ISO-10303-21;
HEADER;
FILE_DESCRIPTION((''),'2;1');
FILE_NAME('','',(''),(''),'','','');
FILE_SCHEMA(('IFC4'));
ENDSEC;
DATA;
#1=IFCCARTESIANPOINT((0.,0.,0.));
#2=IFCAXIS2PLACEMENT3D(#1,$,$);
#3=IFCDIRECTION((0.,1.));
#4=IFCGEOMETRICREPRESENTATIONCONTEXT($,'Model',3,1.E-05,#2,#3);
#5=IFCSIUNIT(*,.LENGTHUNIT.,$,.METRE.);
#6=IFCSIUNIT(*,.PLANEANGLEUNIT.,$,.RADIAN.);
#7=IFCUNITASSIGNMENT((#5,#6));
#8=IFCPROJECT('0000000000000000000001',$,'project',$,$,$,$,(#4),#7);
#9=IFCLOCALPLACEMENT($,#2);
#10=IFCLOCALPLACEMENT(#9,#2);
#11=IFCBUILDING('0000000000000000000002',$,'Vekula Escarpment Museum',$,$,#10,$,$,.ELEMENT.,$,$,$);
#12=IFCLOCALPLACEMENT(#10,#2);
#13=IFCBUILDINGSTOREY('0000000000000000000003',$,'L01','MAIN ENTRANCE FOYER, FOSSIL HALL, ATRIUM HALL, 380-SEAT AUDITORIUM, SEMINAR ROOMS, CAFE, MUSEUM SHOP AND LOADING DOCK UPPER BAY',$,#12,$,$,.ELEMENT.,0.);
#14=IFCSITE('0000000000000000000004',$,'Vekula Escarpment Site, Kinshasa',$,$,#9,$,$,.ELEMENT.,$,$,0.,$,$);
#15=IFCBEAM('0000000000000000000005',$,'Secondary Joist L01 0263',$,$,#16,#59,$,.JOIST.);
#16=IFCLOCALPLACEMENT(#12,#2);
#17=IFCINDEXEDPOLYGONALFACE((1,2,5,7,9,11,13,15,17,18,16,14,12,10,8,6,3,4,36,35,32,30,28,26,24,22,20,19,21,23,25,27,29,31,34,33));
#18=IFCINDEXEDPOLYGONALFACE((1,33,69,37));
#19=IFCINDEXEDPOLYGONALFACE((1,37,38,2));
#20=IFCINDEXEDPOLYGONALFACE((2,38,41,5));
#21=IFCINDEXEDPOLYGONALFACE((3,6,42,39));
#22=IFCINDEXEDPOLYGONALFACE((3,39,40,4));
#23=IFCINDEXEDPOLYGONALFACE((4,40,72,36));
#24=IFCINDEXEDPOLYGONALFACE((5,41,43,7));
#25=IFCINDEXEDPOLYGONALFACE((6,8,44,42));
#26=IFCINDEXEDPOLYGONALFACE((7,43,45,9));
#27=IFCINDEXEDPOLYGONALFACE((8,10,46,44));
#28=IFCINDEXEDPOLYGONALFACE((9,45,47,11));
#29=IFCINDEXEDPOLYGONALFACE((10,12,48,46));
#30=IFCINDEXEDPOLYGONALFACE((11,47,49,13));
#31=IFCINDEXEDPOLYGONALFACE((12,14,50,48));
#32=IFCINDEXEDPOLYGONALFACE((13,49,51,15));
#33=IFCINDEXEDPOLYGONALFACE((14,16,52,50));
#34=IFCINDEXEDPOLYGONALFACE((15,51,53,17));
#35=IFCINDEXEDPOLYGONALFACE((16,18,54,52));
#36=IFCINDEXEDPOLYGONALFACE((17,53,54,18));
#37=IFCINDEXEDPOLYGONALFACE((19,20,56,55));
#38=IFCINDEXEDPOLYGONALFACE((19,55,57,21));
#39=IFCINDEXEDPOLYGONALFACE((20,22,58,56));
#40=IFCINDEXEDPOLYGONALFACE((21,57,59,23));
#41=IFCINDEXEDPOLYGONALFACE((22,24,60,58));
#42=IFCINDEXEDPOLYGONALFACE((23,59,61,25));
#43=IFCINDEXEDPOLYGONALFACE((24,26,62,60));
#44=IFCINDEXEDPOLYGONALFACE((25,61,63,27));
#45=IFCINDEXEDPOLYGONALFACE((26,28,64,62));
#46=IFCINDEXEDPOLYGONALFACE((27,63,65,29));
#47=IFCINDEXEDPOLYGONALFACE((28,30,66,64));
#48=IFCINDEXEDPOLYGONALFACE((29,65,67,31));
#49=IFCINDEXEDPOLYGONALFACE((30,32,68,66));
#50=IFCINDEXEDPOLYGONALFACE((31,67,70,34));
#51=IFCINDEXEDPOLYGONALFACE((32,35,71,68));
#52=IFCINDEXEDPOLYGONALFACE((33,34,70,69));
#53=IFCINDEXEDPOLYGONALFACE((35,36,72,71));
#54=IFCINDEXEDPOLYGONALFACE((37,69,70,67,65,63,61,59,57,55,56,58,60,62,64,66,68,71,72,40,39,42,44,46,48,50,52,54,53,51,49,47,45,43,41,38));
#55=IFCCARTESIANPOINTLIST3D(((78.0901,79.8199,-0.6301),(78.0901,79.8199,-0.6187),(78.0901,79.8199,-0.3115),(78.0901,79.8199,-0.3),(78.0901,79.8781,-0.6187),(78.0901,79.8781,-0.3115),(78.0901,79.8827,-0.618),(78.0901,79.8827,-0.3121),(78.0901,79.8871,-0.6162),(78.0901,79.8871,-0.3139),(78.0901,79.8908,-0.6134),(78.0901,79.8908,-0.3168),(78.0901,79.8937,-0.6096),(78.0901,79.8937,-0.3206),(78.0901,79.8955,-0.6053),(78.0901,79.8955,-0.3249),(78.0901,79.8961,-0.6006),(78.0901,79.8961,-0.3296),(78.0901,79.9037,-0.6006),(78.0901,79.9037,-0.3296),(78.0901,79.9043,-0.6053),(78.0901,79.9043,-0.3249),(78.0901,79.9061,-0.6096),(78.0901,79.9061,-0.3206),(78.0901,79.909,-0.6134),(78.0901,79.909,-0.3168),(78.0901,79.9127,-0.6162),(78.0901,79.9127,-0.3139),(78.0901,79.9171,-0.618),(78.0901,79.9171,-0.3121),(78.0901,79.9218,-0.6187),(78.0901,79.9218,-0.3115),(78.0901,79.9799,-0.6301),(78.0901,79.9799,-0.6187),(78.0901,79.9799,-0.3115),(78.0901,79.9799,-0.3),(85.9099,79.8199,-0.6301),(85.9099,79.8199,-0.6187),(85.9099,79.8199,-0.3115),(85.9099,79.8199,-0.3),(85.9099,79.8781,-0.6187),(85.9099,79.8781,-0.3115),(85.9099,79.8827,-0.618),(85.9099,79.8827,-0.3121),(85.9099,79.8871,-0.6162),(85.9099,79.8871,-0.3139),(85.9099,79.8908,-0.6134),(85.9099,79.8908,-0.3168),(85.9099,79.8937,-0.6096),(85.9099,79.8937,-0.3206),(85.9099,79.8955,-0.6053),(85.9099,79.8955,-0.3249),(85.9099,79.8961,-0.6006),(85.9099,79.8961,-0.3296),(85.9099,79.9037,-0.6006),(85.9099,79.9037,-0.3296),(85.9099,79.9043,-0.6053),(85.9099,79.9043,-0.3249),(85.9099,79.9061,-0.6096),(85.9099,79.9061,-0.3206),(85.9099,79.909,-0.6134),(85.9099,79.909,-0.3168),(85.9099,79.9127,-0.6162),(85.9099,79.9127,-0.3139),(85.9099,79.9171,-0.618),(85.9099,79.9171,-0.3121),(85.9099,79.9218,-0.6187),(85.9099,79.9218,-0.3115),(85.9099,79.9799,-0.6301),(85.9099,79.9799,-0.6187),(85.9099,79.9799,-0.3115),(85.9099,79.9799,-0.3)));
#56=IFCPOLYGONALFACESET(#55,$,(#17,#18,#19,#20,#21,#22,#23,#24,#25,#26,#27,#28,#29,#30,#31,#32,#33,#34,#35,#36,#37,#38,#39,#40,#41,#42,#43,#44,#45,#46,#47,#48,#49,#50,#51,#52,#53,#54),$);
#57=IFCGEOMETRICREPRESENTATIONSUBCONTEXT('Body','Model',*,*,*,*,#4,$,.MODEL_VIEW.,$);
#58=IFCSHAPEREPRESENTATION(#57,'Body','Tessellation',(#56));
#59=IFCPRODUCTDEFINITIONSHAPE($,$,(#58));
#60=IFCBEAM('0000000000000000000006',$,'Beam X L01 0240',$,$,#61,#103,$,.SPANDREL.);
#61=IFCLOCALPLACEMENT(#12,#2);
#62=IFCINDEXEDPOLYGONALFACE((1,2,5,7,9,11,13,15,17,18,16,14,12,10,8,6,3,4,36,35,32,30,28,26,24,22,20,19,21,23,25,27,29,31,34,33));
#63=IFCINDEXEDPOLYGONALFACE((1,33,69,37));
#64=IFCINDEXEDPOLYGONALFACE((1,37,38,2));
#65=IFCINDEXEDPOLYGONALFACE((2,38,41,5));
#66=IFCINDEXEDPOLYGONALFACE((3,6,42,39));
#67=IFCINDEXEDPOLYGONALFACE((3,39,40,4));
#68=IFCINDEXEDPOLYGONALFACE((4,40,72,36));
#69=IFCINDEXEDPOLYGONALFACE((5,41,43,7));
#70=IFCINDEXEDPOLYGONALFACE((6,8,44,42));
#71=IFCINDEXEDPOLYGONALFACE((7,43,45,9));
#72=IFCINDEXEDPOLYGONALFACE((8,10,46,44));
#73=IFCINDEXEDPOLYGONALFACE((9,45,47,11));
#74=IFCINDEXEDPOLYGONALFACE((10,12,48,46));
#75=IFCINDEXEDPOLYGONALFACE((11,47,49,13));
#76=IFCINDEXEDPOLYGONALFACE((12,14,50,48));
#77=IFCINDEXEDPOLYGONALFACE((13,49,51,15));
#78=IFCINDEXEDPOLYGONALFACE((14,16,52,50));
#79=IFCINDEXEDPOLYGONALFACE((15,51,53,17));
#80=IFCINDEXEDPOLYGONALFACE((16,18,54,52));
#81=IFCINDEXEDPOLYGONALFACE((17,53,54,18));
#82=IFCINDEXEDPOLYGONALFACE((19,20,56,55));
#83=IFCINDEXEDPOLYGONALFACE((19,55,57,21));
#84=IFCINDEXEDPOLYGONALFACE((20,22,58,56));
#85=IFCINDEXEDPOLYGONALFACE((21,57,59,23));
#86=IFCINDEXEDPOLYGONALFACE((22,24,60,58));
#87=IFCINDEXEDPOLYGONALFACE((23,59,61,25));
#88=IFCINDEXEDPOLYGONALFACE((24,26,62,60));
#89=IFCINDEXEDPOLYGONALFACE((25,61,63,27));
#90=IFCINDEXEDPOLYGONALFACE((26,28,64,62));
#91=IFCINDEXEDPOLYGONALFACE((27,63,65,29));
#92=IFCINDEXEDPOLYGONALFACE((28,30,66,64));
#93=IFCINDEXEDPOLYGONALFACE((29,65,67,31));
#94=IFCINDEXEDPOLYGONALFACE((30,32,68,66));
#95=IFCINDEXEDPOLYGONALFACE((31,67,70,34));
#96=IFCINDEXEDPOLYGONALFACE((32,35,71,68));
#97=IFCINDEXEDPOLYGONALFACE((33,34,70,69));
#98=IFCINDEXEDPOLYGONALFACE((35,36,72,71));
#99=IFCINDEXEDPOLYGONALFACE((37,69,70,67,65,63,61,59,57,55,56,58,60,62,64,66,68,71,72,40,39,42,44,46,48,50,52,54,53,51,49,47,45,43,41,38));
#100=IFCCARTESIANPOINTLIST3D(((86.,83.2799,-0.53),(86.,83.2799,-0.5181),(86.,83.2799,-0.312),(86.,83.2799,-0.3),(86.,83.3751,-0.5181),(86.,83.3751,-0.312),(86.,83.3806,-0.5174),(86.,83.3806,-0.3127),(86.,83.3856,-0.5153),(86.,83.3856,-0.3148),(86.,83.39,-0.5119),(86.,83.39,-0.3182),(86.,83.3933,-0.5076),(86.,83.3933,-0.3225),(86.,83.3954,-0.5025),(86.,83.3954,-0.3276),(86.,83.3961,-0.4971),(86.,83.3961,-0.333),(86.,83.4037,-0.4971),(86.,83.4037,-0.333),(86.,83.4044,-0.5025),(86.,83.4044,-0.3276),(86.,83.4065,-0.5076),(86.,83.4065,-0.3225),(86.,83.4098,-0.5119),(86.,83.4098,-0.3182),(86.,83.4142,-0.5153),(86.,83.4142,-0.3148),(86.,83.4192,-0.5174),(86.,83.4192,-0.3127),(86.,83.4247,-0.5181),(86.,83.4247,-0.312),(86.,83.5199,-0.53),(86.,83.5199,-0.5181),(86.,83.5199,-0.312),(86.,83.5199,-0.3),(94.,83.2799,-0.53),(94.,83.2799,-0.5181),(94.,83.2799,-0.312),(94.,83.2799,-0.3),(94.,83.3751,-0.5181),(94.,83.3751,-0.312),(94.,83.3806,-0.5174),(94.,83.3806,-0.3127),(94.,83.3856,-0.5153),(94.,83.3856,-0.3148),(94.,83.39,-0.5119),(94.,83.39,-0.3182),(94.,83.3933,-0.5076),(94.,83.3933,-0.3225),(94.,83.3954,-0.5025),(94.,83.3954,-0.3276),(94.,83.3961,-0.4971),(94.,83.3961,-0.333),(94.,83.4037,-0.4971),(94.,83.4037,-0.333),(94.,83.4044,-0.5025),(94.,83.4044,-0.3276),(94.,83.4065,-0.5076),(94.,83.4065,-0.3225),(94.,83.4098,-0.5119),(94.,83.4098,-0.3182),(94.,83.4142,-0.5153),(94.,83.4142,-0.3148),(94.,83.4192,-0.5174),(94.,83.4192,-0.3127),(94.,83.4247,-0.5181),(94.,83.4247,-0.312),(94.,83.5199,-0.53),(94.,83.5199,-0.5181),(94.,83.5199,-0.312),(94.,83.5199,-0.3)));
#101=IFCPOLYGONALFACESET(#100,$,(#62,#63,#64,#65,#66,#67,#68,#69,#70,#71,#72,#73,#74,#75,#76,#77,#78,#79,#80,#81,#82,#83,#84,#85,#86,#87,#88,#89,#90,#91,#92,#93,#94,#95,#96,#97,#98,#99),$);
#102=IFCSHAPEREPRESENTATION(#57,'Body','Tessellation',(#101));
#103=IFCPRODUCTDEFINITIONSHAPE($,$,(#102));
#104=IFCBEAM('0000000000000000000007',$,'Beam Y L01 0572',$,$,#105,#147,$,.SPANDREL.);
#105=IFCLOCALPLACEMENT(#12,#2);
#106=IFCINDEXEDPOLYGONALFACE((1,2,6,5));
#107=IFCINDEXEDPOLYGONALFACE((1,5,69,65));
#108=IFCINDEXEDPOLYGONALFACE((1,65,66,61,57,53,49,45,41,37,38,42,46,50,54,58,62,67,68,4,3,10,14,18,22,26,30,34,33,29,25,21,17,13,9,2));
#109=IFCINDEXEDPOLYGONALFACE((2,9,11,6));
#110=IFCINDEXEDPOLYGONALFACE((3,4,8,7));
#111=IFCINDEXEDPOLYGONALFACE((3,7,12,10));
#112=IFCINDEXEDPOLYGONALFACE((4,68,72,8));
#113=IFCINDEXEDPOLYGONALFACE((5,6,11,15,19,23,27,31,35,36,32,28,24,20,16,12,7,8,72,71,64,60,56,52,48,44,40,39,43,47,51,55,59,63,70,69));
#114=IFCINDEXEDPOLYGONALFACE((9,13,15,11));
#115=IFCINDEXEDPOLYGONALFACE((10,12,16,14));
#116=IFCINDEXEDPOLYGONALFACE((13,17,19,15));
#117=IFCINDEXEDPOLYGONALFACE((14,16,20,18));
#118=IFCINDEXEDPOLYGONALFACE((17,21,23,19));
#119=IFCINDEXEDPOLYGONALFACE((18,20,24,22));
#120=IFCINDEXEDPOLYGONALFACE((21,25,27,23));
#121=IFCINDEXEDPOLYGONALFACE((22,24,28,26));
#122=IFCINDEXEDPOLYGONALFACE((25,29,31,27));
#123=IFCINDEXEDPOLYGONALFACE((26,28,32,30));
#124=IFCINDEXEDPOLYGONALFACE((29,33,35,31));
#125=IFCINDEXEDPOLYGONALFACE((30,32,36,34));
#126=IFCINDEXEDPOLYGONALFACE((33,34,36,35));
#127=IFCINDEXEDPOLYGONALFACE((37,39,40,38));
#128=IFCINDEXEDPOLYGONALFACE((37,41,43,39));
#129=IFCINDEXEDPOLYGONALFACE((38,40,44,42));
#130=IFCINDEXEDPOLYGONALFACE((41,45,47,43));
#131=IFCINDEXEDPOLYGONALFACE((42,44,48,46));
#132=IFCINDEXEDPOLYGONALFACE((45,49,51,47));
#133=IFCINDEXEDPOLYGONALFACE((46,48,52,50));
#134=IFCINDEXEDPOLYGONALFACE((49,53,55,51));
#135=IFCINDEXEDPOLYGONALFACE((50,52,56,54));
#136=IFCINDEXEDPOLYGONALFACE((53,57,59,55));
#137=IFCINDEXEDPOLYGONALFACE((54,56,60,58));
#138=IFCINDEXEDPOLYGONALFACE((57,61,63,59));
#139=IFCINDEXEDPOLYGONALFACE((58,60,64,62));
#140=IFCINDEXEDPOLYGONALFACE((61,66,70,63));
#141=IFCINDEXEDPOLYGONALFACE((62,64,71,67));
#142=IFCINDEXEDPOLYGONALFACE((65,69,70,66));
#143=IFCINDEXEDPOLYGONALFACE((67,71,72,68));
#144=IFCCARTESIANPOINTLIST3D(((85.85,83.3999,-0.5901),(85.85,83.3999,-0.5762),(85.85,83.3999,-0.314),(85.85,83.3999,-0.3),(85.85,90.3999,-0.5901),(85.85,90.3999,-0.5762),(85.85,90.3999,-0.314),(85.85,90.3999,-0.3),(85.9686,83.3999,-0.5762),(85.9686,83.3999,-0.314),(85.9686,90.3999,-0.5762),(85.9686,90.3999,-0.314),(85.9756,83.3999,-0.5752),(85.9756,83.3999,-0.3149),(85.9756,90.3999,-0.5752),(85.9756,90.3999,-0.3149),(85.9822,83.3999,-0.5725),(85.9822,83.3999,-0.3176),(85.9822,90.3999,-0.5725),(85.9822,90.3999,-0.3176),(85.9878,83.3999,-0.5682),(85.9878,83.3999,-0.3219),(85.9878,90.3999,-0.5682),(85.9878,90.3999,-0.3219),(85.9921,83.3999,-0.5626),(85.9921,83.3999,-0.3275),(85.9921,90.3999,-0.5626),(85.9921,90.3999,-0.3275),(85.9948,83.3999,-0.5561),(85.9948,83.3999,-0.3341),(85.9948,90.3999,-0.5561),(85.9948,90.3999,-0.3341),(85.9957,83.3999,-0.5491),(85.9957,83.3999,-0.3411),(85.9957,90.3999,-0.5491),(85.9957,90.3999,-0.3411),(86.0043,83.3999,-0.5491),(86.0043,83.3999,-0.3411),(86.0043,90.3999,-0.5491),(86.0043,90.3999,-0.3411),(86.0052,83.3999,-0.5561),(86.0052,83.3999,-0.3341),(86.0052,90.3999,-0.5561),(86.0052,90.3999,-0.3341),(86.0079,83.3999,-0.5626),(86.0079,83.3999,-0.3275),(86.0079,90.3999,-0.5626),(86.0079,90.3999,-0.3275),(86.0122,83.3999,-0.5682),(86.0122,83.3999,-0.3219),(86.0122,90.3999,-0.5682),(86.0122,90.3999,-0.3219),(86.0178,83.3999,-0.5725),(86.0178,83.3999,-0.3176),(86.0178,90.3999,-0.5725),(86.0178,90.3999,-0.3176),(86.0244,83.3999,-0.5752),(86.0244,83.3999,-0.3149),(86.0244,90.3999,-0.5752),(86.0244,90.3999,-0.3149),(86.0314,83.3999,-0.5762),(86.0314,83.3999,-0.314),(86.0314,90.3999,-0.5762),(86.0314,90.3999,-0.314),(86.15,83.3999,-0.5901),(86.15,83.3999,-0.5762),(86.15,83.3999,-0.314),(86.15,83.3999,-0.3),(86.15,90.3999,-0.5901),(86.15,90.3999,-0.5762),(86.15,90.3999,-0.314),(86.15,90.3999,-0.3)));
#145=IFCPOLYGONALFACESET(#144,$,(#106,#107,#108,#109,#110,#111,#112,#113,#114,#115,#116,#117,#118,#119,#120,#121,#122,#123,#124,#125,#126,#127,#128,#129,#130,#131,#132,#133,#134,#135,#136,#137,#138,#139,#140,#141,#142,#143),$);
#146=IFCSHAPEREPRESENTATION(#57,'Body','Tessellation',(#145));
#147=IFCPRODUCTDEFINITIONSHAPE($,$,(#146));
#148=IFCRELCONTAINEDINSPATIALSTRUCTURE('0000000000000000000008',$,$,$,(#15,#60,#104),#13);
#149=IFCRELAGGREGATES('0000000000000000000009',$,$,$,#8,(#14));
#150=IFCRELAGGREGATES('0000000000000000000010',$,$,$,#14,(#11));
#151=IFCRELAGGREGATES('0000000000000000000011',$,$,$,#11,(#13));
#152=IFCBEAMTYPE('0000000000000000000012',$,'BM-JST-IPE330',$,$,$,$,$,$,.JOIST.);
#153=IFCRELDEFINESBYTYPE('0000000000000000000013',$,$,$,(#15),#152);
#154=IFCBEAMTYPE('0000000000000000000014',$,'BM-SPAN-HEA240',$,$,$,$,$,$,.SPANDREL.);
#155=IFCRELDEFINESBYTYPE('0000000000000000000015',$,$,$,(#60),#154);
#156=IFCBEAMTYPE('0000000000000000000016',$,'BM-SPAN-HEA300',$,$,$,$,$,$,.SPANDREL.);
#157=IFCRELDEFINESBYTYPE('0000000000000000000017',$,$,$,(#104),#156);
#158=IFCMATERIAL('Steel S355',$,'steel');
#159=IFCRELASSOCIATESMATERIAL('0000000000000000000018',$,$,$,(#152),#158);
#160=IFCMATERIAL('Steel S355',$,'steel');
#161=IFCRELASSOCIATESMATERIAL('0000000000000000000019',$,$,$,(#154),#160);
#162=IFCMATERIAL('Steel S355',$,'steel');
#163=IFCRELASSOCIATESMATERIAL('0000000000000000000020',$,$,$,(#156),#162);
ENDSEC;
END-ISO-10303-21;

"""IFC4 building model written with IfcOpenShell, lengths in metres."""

from ifc_helpers import new_model, si_unit, direction, frame, origin, origin_2d, place, context, subcontext, project, spatial, i_section, extrude, material, material_profile, profile_set, type_object, element, save


model = new_model("IFC4")

# Units and contexts
model_context = context("Model", 3, precision=1e-05, world=origin(), true_north=direction((0.0, 1.0)))
body_context = subcontext(model_context, "Body", "Model", "MODEL_VIEW")
ifc_project = project(units=[si_unit("LENGTHUNIT", "METRE"), si_unit("PLANEANGLEUNIT", "RADIAN")], contexts=[model_context])

# Site, building, storey
site_placement = place(None, origin())
site = spatial("IfcSite", under=ifc_project, at=site_placement, Name="Vekula Escarpment Site, Kinshasa", CompositionType="ELEMENT", RefElevation=0.0)
building_placement = place(site_placement, origin())
building = spatial("IfcBuilding", under=site, at=building_placement, Name="Vekula Escarpment Museum", CompositionType="ELEMENT")
storey_placement = place(building_placement, origin())
storey = spatial("IfcBuildingStorey", under=building, at=storey_placement, Name="L01", Description="MAIN ENTRANCE FOYER, FOSSIL HALL, ATRIUM HALL, 380-SEAT AUDITORIUM, SEMINAR ROOMS, CAFE, MUSEUM SHOP AND LOADING DOCK UPPER BAY", CompositionType="ELEMENT", Elevation=0.0)

# Beams
ifc_material_1 = material(Name="Steel S355", Category="steel")
ifc_material_profile_1 = material_profile(ifc_material_1, i_section(OverallWidth=0.1599, OverallDepth=0.3301, WebThickness=0.0076, FlangeThickness=0.0115, FilletRadius=0.0181, at=origin_2d()), Name="IPE 330")
ifc_profile_set_1 = profile_set([ifc_material_profile_1], Name="Steel S355")
beam_type_1 = type_object("IfcBeamType", Name="BM-JST-IPE330", PredefinedType="JOIST", material=ifc_profile_set_1)
beam_1_placement = place(storey_placement, frame((78.0901, 79.8999, -0.4651), z_axis=(1.0, 0.0, 0.0), x_axis=(0.0, 1.0, 0.0)))
element("IfcBeam", 1, at=beam_1_placement, inside=storey, type_object=beam_type_1, Name="Secondary Joist L01 0263", PredefinedType="JOIST", context=body_context, shape_type="SweptSolid", body=[
    extrude(i_section(OverallWidth=0.1599, OverallDepth=0.3301, WebThickness=0.0076, FlangeThickness=0.0115, FilletRadius=0.0181, at=origin_2d()), origin(), (0.0, 0.0, 1.0), 7.8198),
])
ifc_material_2 = material(Name="Steel S355", Category="steel")
ifc_material_profile_2 = material_profile(ifc_material_2, i_section(OverallWidth=0.24, OverallDepth=0.23, WebThickness=0.0076, FlangeThickness=0.012, FilletRadius=0.021, at=origin_2d()), Name="HEA 240")
ifc_profile_set_2 = profile_set([ifc_material_profile_2], Name="Steel S355")
beam_type_2 = type_object("IfcBeamType", Name="BM-SPAN-HEA240", PredefinedType="SPANDREL", material=ifc_profile_set_2)
beam_2_placement = place(storey_placement, frame((86.0, 83.3999, -0.415), z_axis=(1.0, 0.0, 0.0), x_axis=(0.0, 1.0, 0.0)))
element("IfcBeam", 2, at=beam_2_placement, inside=storey, type_object=beam_type_2, Name="Beam X L01 0240", PredefinedType="SPANDREL", context=body_context, shape_type="SweptSolid", body=[
    extrude(i_section(OverallWidth=0.24, OverallDepth=0.23, WebThickness=0.0076, FlangeThickness=0.012, FilletRadius=0.021, at=origin_2d()), origin(), (0.0, 0.0, 1.0), 8.0),
])
ifc_material_3 = material(Name="Steel S355", Category="steel")
ifc_material_profile_3 = material_profile(ifc_material_3, i_section(OverallWidth=0.3, OverallDepth=0.29, WebThickness=0.0085, FlangeThickness=0.0139, FilletRadius=0.0271, at=origin_2d()), Name="HEA 300")
ifc_profile_set_3 = profile_set([ifc_material_profile_3], Name="Steel S355")
beam_type_3 = type_object("IfcBeamType", Name="BM-SPAN-HEA300", PredefinedType="SPANDREL", material=ifc_profile_set_3)
beam_3_placement = place(storey_placement, frame((86.0, 83.3999, -0.4451), z_axis=(0.0, 1.0, 0.0), x_axis=(-1.0, 0.0, 0.0)))
element("IfcBeam", 3, at=beam_3_placement, inside=storey, type_object=beam_type_3, Name="Beam Y L01 0572", PredefinedType="SPANDREL", context=body_context, shape_type="SweptSolid", body=[
    extrude(i_section(OverallWidth=0.3, OverallDepth=0.29, WebThickness=0.0085, FlangeThickness=0.0139, FilletRadius=0.0271, at=origin_2d()), origin(), (0.0, 0.0, 1.0), 7.0),
])

save(model, "model.ifc")
